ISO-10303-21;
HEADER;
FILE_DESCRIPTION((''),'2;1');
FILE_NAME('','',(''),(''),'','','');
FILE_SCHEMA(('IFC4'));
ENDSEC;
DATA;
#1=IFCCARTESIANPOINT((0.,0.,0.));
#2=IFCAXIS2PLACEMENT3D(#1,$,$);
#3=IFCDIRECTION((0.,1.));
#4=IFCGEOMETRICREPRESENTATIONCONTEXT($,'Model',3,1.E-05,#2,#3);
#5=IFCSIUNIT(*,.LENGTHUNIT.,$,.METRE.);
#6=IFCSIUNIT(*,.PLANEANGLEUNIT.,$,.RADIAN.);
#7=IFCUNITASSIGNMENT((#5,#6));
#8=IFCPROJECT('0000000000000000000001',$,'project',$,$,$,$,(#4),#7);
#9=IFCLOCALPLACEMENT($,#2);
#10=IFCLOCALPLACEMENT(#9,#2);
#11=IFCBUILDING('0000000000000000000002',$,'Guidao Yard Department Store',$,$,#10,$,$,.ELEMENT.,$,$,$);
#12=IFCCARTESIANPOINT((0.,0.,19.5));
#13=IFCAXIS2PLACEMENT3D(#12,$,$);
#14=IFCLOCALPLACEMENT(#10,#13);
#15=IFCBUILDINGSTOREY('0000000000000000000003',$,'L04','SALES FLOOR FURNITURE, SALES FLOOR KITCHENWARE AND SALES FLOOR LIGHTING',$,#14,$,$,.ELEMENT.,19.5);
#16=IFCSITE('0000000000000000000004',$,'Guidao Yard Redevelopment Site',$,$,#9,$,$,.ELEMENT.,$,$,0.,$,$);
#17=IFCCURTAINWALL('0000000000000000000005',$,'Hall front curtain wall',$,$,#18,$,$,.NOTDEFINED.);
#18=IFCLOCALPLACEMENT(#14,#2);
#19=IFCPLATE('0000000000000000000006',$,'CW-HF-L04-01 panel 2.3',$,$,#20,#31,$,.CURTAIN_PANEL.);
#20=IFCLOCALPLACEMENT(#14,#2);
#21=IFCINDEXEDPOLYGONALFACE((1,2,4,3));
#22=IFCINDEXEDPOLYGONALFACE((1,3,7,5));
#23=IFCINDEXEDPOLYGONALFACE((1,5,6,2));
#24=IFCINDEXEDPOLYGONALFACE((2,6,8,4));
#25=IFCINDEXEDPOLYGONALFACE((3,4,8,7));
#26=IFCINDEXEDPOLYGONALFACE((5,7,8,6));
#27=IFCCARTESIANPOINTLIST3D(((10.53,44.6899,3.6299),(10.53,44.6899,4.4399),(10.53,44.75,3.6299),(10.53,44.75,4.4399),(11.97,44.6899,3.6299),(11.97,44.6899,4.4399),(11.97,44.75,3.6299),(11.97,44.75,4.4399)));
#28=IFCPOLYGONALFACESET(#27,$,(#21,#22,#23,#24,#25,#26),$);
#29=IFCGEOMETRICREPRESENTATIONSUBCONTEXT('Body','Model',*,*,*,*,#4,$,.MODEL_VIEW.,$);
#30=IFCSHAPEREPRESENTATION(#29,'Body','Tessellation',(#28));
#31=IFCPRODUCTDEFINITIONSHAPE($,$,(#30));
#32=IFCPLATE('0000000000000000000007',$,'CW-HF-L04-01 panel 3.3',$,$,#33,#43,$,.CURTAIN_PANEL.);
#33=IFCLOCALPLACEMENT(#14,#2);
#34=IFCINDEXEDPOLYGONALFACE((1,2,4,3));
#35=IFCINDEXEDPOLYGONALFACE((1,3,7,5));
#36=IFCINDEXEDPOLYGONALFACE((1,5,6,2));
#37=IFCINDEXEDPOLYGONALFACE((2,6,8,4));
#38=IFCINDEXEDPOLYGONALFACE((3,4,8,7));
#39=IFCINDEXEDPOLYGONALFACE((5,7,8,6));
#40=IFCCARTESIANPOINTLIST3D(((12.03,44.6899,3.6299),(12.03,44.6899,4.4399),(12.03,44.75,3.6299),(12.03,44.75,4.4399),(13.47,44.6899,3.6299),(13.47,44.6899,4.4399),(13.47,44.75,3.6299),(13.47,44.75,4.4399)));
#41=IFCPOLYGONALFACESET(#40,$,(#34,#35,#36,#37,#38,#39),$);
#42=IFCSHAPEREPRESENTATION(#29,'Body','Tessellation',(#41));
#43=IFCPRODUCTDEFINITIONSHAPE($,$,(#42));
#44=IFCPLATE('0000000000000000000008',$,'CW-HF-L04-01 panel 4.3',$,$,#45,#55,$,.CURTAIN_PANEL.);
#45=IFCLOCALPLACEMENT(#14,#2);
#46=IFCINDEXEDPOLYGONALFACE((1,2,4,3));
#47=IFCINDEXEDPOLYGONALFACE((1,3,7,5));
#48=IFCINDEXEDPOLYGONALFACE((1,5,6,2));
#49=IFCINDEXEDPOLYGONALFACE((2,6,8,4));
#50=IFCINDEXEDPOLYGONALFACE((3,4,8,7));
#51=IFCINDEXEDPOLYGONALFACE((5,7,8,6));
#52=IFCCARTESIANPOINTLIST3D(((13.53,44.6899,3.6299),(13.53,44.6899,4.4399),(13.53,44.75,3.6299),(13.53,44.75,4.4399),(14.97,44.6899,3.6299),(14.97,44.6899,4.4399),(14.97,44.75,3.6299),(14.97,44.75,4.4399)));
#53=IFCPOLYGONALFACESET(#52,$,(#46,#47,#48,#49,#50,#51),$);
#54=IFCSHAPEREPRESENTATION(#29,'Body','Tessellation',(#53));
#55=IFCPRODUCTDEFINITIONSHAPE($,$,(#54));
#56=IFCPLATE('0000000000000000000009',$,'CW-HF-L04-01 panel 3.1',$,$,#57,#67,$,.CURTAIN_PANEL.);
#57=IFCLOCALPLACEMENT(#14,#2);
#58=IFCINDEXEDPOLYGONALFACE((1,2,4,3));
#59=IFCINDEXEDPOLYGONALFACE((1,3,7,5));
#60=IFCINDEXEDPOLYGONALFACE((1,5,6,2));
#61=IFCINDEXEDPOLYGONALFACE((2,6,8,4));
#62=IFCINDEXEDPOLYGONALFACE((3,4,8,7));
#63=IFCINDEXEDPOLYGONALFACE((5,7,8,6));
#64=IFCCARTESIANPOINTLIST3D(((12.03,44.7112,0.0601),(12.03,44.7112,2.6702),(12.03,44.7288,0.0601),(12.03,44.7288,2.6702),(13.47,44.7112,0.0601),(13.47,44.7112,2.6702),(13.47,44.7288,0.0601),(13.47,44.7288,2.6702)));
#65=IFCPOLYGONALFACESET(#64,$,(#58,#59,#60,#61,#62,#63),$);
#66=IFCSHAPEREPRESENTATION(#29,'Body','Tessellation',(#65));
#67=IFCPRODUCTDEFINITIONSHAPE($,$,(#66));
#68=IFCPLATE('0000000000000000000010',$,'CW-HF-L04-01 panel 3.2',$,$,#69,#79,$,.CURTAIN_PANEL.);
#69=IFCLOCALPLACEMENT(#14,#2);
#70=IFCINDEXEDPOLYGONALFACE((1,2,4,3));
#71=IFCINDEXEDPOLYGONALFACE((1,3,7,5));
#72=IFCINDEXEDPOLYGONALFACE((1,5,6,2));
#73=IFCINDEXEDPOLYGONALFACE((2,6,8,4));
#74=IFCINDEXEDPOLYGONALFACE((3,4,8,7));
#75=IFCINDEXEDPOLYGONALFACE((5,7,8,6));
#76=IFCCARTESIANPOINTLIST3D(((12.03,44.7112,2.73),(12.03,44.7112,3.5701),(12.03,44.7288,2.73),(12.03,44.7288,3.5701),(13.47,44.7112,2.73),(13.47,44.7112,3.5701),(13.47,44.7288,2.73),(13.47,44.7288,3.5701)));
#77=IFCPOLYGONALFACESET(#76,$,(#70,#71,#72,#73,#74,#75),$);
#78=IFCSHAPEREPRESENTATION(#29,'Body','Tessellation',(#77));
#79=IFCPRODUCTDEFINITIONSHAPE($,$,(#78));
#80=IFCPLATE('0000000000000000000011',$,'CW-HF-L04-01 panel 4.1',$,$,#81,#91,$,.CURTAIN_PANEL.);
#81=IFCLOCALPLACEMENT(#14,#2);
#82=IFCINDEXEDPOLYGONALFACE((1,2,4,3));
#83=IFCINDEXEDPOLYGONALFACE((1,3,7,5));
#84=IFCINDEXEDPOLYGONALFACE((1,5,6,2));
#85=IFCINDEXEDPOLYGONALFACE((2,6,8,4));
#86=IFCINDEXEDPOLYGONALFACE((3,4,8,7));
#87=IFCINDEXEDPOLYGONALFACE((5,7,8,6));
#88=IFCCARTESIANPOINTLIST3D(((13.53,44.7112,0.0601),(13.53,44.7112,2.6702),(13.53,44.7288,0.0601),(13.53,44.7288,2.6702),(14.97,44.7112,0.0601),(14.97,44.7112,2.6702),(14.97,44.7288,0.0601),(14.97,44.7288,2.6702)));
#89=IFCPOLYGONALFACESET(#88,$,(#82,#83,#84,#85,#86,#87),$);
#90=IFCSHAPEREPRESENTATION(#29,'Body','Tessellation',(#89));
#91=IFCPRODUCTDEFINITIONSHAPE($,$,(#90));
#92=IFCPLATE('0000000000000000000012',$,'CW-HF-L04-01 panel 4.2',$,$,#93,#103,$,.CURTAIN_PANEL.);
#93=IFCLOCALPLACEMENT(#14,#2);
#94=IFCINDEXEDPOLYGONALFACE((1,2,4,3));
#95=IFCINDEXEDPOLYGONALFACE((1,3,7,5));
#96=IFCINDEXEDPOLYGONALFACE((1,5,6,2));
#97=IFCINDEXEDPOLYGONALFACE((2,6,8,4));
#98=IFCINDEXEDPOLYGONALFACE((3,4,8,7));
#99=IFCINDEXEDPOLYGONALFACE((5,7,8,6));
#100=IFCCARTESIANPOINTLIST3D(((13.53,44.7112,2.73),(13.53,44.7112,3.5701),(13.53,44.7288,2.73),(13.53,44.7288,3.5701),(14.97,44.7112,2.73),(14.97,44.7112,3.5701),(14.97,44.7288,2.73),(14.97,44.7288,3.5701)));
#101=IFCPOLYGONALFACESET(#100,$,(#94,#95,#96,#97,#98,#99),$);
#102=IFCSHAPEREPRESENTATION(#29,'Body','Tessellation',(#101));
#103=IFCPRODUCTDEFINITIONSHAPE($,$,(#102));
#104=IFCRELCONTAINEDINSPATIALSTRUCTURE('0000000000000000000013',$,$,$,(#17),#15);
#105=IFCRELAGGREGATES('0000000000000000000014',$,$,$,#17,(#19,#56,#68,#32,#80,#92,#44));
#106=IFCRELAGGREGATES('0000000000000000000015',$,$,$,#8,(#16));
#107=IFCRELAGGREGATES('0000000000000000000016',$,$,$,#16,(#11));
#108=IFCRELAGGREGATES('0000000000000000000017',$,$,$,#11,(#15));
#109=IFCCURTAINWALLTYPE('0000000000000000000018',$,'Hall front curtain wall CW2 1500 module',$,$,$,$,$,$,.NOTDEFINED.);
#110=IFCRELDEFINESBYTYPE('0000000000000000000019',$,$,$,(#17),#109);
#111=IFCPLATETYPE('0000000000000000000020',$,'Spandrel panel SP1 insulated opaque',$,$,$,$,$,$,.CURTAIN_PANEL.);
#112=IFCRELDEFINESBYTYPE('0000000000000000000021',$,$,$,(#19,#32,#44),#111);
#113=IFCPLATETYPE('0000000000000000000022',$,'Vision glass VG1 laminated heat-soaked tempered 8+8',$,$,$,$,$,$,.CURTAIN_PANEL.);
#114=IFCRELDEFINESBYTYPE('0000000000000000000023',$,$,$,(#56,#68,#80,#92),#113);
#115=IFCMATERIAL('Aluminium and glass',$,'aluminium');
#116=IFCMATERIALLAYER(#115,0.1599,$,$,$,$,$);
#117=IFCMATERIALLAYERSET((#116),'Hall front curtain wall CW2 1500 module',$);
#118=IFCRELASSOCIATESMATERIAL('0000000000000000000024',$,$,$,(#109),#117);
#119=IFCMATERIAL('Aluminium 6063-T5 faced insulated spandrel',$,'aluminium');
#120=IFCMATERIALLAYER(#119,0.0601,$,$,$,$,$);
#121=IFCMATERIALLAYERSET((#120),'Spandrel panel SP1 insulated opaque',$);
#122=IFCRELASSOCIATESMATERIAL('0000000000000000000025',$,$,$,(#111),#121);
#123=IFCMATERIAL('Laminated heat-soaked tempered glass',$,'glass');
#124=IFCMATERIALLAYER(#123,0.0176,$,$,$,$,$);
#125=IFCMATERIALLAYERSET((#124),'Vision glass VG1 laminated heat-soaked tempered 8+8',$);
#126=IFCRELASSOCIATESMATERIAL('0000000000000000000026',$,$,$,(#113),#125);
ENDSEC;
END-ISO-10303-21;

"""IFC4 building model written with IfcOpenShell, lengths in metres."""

from ifc_helpers import new_model, si_unit, direction, frame, origin, origin_2d, place, context, subcontext, project, spatial, rectangle, extrude, material, layer, layer_set, type_object, element, aggregate, save


model = new_model("IFC4")

# Units and contexts
model_context = context("Model", 3, precision=1e-05, world=origin(), true_north=direction((0.0, 1.0)))
body_context = subcontext(model_context, "Body", "Model", "MODEL_VIEW")
ifc_project = project(units=[si_unit("LENGTHUNIT", "METRE"), si_unit("PLANEANGLEUNIT", "RADIAN")], contexts=[model_context])

# Site, building, storey
site_placement = place(None, origin())
site = spatial("IfcSite", under=ifc_project, at=site_placement, Name="Guidao Yard Redevelopment Site", CompositionType="ELEMENT", RefElevation=0.0)
building_placement = place(site_placement, origin())
building = spatial("IfcBuilding", under=site, at=building_placement, Name="Guidao Yard Department Store", CompositionType="ELEMENT")
storey_placement = place(building_placement, frame((0.0, 0.0, 19.5)))
storey = spatial("IfcBuildingStorey", under=building, at=storey_placement, Name="L04", Description="SALES FLOOR FURNITURE, SALES FLOOR KITCHENWARE AND SALES FLOOR LIGHTING", CompositionType="ELEMENT", Elevation=19.5)

# Curtain wall, plates
ifc_material_1 = material(Name="Aluminium and glass", Category="aluminium")
ifc_layer_1 = layer(ifc_material_1, 0.1599)
ifc_layer_set_1 = layer_set([ifc_layer_1], Name="Hall front curtain wall CW2 1500 module")
curtain_wall_type = type_object("IfcCurtainWallType", Name="Hall front curtain wall CW2 1500 module", PredefinedType="NOTDEFINED", material=ifc_layer_set_1)
curtain_wall_placement = place(storey_placement, origin())
curtain_wall = element("IfcCurtainWall", 1, at=curtain_wall_placement, inside=storey, type_object=curtain_wall_type, Name="Hall front curtain wall", PredefinedType="NOTDEFINED")
ifc_material_2 = material(Name="Aluminium 6063-T5 faced insulated spandrel", Category="aluminium")
ifc_layer_2 = layer(ifc_material_2, 0.0601)
ifc_layer_set_2 = layer_set([ifc_layer_2], Name="Spandrel panel SP1 insulated opaque")
plate_type_1 = type_object("IfcPlateType", Name="Spandrel panel SP1 insulated opaque", PredefinedType="CURTAIN_PANEL", material=ifc_layer_set_2)
plate_1_placement = place(storey_placement, frame((11.25, 44.72, 3.6299), z_axis=(0.0, 0.0, 1.0), x_axis=(-1.0, 0.0, 0.0)))
plate_1 = element("IfcPlate", 2, at=plate_1_placement, type_object=plate_type_1, Name="CW-HF-L04-01 panel 2.3", PredefinedType="CURTAIN_PANEL", context=body_context, shape_type="SweptSolid", body=[
    extrude(rectangle(XDim=1.4399, YDim=0.0601, at=origin_2d()), origin(), (0.0, 0.0, 1.0), 0.8101),
])
plate_2_placement = place(storey_placement, frame((12.75, 44.72, 3.6299), z_axis=(0.0, 0.0, 1.0), x_axis=(-1.0, 0.0, 0.0)))
plate_2 = element("IfcPlate", 3, at=plate_2_placement, type_object=plate_type_1, Name="CW-HF-L04-01 panel 3.3", PredefinedType="CURTAIN_PANEL", context=body_context, shape_type="SweptSolid", body=[
    extrude(rectangle(XDim=1.4399, YDim=0.0601, at=origin_2d()), origin(), (0.0, 0.0, 1.0), 0.8101),
])
plate_3_placement = place(storey_placement, frame((14.25, 44.72, 3.6299), z_axis=(0.0, 0.0, 1.0), x_axis=(-1.0, 0.0, 0.0)))
plate_3 = element("IfcPlate", 4, at=plate_3_placement, type_object=plate_type_1, Name="CW-HF-L04-01 panel 4.3", PredefinedType="CURTAIN_PANEL", context=body_context, shape_type="SweptSolid", body=[
    extrude(rectangle(XDim=1.4399, YDim=0.0601, at=origin_2d()), origin(), (0.0, 0.0, 1.0), 0.8101),
])
ifc_material_3 = material(Name="Laminated heat-soaked tempered glass", Category="glass")
ifc_layer_3 = layer(ifc_material_3, 0.0176)
ifc_layer_set_3 = layer_set([ifc_layer_3], Name="Vision glass VG1 laminated heat-soaked tempered 8+8")
plate_type_2 = type_object("IfcPlateType", Name="Vision glass VG1 laminated heat-soaked tempered 8+8", PredefinedType="CURTAIN_PANEL", material=ifc_layer_set_3)
plate_4_placement = place(storey_placement, frame((12.75, 44.72, 0.0601), z_axis=(0.0, 0.0, 1.0), x_axis=(-1.0, 0.0, 0.0)))
plate_4 = element("IfcPlate", 5, at=plate_4_placement, type_object=plate_type_2, Name="CW-HF-L04-01 panel 3.1", PredefinedType="CURTAIN_PANEL", context=body_context, shape_type="SweptSolid", body=[
    extrude(rectangle(XDim=1.4399, YDim=0.0176, at=origin_2d()), origin(), (0.0, 0.0, 1.0), 2.6101),
])
plate_5_placement = place(storey_placement, frame((12.75, 44.72, 2.73), z_axis=(0.0, 0.0, 1.0), x_axis=(-1.0, 0.0, 0.0)))
plate_5 = element("IfcPlate", 6, at=plate_5_placement, type_object=plate_type_2, Name="CW-HF-L04-01 panel 3.2", PredefinedType="CURTAIN_PANEL", context=body_context, shape_type="SweptSolid", body=[
    extrude(rectangle(XDim=1.4399, YDim=0.0176, at=origin_2d()), origin(), (0.0, 0.0, 1.0), 0.8401),
])
plate_6_placement = place(storey_placement, frame((14.25, 44.72, 0.0601), z_axis=(0.0, 0.0, 1.0), x_axis=(-1.0, 0.0, 0.0)))
plate_6 = element("IfcPlate", 7, at=plate_6_placement, type_object=plate_type_2, Name="CW-HF-L04-01 panel 4.1", PredefinedType="CURTAIN_PANEL", context=body_context, shape_type="SweptSolid", body=[
    extrude(rectangle(XDim=1.4399, YDim=0.0176, at=origin_2d()), origin(), (0.0, 0.0, 1.0), 2.6101),
])
plate_7_placement = place(storey_placement, frame((14.25, 44.72, 2.73), z_axis=(0.0, 0.0, 1.0), x_axis=(-1.0, 0.0, 0.0)))
plate_7 = element("IfcPlate", 8, at=plate_7_placement, type_object=plate_type_2, Name="CW-HF-L04-01 panel 4.2", PredefinedType="CURTAIN_PANEL", context=body_context, shape_type="SweptSolid", body=[
    extrude(rectangle(XDim=1.4399, YDim=0.0176, at=origin_2d()), origin(), (0.0, 0.0, 1.0), 0.8401),
])
aggregate(curtain_wall, [plate_1, plate_4, plate_5, plate_2, plate_6, plate_7, plate_3])

save(model, "model.ifc")
